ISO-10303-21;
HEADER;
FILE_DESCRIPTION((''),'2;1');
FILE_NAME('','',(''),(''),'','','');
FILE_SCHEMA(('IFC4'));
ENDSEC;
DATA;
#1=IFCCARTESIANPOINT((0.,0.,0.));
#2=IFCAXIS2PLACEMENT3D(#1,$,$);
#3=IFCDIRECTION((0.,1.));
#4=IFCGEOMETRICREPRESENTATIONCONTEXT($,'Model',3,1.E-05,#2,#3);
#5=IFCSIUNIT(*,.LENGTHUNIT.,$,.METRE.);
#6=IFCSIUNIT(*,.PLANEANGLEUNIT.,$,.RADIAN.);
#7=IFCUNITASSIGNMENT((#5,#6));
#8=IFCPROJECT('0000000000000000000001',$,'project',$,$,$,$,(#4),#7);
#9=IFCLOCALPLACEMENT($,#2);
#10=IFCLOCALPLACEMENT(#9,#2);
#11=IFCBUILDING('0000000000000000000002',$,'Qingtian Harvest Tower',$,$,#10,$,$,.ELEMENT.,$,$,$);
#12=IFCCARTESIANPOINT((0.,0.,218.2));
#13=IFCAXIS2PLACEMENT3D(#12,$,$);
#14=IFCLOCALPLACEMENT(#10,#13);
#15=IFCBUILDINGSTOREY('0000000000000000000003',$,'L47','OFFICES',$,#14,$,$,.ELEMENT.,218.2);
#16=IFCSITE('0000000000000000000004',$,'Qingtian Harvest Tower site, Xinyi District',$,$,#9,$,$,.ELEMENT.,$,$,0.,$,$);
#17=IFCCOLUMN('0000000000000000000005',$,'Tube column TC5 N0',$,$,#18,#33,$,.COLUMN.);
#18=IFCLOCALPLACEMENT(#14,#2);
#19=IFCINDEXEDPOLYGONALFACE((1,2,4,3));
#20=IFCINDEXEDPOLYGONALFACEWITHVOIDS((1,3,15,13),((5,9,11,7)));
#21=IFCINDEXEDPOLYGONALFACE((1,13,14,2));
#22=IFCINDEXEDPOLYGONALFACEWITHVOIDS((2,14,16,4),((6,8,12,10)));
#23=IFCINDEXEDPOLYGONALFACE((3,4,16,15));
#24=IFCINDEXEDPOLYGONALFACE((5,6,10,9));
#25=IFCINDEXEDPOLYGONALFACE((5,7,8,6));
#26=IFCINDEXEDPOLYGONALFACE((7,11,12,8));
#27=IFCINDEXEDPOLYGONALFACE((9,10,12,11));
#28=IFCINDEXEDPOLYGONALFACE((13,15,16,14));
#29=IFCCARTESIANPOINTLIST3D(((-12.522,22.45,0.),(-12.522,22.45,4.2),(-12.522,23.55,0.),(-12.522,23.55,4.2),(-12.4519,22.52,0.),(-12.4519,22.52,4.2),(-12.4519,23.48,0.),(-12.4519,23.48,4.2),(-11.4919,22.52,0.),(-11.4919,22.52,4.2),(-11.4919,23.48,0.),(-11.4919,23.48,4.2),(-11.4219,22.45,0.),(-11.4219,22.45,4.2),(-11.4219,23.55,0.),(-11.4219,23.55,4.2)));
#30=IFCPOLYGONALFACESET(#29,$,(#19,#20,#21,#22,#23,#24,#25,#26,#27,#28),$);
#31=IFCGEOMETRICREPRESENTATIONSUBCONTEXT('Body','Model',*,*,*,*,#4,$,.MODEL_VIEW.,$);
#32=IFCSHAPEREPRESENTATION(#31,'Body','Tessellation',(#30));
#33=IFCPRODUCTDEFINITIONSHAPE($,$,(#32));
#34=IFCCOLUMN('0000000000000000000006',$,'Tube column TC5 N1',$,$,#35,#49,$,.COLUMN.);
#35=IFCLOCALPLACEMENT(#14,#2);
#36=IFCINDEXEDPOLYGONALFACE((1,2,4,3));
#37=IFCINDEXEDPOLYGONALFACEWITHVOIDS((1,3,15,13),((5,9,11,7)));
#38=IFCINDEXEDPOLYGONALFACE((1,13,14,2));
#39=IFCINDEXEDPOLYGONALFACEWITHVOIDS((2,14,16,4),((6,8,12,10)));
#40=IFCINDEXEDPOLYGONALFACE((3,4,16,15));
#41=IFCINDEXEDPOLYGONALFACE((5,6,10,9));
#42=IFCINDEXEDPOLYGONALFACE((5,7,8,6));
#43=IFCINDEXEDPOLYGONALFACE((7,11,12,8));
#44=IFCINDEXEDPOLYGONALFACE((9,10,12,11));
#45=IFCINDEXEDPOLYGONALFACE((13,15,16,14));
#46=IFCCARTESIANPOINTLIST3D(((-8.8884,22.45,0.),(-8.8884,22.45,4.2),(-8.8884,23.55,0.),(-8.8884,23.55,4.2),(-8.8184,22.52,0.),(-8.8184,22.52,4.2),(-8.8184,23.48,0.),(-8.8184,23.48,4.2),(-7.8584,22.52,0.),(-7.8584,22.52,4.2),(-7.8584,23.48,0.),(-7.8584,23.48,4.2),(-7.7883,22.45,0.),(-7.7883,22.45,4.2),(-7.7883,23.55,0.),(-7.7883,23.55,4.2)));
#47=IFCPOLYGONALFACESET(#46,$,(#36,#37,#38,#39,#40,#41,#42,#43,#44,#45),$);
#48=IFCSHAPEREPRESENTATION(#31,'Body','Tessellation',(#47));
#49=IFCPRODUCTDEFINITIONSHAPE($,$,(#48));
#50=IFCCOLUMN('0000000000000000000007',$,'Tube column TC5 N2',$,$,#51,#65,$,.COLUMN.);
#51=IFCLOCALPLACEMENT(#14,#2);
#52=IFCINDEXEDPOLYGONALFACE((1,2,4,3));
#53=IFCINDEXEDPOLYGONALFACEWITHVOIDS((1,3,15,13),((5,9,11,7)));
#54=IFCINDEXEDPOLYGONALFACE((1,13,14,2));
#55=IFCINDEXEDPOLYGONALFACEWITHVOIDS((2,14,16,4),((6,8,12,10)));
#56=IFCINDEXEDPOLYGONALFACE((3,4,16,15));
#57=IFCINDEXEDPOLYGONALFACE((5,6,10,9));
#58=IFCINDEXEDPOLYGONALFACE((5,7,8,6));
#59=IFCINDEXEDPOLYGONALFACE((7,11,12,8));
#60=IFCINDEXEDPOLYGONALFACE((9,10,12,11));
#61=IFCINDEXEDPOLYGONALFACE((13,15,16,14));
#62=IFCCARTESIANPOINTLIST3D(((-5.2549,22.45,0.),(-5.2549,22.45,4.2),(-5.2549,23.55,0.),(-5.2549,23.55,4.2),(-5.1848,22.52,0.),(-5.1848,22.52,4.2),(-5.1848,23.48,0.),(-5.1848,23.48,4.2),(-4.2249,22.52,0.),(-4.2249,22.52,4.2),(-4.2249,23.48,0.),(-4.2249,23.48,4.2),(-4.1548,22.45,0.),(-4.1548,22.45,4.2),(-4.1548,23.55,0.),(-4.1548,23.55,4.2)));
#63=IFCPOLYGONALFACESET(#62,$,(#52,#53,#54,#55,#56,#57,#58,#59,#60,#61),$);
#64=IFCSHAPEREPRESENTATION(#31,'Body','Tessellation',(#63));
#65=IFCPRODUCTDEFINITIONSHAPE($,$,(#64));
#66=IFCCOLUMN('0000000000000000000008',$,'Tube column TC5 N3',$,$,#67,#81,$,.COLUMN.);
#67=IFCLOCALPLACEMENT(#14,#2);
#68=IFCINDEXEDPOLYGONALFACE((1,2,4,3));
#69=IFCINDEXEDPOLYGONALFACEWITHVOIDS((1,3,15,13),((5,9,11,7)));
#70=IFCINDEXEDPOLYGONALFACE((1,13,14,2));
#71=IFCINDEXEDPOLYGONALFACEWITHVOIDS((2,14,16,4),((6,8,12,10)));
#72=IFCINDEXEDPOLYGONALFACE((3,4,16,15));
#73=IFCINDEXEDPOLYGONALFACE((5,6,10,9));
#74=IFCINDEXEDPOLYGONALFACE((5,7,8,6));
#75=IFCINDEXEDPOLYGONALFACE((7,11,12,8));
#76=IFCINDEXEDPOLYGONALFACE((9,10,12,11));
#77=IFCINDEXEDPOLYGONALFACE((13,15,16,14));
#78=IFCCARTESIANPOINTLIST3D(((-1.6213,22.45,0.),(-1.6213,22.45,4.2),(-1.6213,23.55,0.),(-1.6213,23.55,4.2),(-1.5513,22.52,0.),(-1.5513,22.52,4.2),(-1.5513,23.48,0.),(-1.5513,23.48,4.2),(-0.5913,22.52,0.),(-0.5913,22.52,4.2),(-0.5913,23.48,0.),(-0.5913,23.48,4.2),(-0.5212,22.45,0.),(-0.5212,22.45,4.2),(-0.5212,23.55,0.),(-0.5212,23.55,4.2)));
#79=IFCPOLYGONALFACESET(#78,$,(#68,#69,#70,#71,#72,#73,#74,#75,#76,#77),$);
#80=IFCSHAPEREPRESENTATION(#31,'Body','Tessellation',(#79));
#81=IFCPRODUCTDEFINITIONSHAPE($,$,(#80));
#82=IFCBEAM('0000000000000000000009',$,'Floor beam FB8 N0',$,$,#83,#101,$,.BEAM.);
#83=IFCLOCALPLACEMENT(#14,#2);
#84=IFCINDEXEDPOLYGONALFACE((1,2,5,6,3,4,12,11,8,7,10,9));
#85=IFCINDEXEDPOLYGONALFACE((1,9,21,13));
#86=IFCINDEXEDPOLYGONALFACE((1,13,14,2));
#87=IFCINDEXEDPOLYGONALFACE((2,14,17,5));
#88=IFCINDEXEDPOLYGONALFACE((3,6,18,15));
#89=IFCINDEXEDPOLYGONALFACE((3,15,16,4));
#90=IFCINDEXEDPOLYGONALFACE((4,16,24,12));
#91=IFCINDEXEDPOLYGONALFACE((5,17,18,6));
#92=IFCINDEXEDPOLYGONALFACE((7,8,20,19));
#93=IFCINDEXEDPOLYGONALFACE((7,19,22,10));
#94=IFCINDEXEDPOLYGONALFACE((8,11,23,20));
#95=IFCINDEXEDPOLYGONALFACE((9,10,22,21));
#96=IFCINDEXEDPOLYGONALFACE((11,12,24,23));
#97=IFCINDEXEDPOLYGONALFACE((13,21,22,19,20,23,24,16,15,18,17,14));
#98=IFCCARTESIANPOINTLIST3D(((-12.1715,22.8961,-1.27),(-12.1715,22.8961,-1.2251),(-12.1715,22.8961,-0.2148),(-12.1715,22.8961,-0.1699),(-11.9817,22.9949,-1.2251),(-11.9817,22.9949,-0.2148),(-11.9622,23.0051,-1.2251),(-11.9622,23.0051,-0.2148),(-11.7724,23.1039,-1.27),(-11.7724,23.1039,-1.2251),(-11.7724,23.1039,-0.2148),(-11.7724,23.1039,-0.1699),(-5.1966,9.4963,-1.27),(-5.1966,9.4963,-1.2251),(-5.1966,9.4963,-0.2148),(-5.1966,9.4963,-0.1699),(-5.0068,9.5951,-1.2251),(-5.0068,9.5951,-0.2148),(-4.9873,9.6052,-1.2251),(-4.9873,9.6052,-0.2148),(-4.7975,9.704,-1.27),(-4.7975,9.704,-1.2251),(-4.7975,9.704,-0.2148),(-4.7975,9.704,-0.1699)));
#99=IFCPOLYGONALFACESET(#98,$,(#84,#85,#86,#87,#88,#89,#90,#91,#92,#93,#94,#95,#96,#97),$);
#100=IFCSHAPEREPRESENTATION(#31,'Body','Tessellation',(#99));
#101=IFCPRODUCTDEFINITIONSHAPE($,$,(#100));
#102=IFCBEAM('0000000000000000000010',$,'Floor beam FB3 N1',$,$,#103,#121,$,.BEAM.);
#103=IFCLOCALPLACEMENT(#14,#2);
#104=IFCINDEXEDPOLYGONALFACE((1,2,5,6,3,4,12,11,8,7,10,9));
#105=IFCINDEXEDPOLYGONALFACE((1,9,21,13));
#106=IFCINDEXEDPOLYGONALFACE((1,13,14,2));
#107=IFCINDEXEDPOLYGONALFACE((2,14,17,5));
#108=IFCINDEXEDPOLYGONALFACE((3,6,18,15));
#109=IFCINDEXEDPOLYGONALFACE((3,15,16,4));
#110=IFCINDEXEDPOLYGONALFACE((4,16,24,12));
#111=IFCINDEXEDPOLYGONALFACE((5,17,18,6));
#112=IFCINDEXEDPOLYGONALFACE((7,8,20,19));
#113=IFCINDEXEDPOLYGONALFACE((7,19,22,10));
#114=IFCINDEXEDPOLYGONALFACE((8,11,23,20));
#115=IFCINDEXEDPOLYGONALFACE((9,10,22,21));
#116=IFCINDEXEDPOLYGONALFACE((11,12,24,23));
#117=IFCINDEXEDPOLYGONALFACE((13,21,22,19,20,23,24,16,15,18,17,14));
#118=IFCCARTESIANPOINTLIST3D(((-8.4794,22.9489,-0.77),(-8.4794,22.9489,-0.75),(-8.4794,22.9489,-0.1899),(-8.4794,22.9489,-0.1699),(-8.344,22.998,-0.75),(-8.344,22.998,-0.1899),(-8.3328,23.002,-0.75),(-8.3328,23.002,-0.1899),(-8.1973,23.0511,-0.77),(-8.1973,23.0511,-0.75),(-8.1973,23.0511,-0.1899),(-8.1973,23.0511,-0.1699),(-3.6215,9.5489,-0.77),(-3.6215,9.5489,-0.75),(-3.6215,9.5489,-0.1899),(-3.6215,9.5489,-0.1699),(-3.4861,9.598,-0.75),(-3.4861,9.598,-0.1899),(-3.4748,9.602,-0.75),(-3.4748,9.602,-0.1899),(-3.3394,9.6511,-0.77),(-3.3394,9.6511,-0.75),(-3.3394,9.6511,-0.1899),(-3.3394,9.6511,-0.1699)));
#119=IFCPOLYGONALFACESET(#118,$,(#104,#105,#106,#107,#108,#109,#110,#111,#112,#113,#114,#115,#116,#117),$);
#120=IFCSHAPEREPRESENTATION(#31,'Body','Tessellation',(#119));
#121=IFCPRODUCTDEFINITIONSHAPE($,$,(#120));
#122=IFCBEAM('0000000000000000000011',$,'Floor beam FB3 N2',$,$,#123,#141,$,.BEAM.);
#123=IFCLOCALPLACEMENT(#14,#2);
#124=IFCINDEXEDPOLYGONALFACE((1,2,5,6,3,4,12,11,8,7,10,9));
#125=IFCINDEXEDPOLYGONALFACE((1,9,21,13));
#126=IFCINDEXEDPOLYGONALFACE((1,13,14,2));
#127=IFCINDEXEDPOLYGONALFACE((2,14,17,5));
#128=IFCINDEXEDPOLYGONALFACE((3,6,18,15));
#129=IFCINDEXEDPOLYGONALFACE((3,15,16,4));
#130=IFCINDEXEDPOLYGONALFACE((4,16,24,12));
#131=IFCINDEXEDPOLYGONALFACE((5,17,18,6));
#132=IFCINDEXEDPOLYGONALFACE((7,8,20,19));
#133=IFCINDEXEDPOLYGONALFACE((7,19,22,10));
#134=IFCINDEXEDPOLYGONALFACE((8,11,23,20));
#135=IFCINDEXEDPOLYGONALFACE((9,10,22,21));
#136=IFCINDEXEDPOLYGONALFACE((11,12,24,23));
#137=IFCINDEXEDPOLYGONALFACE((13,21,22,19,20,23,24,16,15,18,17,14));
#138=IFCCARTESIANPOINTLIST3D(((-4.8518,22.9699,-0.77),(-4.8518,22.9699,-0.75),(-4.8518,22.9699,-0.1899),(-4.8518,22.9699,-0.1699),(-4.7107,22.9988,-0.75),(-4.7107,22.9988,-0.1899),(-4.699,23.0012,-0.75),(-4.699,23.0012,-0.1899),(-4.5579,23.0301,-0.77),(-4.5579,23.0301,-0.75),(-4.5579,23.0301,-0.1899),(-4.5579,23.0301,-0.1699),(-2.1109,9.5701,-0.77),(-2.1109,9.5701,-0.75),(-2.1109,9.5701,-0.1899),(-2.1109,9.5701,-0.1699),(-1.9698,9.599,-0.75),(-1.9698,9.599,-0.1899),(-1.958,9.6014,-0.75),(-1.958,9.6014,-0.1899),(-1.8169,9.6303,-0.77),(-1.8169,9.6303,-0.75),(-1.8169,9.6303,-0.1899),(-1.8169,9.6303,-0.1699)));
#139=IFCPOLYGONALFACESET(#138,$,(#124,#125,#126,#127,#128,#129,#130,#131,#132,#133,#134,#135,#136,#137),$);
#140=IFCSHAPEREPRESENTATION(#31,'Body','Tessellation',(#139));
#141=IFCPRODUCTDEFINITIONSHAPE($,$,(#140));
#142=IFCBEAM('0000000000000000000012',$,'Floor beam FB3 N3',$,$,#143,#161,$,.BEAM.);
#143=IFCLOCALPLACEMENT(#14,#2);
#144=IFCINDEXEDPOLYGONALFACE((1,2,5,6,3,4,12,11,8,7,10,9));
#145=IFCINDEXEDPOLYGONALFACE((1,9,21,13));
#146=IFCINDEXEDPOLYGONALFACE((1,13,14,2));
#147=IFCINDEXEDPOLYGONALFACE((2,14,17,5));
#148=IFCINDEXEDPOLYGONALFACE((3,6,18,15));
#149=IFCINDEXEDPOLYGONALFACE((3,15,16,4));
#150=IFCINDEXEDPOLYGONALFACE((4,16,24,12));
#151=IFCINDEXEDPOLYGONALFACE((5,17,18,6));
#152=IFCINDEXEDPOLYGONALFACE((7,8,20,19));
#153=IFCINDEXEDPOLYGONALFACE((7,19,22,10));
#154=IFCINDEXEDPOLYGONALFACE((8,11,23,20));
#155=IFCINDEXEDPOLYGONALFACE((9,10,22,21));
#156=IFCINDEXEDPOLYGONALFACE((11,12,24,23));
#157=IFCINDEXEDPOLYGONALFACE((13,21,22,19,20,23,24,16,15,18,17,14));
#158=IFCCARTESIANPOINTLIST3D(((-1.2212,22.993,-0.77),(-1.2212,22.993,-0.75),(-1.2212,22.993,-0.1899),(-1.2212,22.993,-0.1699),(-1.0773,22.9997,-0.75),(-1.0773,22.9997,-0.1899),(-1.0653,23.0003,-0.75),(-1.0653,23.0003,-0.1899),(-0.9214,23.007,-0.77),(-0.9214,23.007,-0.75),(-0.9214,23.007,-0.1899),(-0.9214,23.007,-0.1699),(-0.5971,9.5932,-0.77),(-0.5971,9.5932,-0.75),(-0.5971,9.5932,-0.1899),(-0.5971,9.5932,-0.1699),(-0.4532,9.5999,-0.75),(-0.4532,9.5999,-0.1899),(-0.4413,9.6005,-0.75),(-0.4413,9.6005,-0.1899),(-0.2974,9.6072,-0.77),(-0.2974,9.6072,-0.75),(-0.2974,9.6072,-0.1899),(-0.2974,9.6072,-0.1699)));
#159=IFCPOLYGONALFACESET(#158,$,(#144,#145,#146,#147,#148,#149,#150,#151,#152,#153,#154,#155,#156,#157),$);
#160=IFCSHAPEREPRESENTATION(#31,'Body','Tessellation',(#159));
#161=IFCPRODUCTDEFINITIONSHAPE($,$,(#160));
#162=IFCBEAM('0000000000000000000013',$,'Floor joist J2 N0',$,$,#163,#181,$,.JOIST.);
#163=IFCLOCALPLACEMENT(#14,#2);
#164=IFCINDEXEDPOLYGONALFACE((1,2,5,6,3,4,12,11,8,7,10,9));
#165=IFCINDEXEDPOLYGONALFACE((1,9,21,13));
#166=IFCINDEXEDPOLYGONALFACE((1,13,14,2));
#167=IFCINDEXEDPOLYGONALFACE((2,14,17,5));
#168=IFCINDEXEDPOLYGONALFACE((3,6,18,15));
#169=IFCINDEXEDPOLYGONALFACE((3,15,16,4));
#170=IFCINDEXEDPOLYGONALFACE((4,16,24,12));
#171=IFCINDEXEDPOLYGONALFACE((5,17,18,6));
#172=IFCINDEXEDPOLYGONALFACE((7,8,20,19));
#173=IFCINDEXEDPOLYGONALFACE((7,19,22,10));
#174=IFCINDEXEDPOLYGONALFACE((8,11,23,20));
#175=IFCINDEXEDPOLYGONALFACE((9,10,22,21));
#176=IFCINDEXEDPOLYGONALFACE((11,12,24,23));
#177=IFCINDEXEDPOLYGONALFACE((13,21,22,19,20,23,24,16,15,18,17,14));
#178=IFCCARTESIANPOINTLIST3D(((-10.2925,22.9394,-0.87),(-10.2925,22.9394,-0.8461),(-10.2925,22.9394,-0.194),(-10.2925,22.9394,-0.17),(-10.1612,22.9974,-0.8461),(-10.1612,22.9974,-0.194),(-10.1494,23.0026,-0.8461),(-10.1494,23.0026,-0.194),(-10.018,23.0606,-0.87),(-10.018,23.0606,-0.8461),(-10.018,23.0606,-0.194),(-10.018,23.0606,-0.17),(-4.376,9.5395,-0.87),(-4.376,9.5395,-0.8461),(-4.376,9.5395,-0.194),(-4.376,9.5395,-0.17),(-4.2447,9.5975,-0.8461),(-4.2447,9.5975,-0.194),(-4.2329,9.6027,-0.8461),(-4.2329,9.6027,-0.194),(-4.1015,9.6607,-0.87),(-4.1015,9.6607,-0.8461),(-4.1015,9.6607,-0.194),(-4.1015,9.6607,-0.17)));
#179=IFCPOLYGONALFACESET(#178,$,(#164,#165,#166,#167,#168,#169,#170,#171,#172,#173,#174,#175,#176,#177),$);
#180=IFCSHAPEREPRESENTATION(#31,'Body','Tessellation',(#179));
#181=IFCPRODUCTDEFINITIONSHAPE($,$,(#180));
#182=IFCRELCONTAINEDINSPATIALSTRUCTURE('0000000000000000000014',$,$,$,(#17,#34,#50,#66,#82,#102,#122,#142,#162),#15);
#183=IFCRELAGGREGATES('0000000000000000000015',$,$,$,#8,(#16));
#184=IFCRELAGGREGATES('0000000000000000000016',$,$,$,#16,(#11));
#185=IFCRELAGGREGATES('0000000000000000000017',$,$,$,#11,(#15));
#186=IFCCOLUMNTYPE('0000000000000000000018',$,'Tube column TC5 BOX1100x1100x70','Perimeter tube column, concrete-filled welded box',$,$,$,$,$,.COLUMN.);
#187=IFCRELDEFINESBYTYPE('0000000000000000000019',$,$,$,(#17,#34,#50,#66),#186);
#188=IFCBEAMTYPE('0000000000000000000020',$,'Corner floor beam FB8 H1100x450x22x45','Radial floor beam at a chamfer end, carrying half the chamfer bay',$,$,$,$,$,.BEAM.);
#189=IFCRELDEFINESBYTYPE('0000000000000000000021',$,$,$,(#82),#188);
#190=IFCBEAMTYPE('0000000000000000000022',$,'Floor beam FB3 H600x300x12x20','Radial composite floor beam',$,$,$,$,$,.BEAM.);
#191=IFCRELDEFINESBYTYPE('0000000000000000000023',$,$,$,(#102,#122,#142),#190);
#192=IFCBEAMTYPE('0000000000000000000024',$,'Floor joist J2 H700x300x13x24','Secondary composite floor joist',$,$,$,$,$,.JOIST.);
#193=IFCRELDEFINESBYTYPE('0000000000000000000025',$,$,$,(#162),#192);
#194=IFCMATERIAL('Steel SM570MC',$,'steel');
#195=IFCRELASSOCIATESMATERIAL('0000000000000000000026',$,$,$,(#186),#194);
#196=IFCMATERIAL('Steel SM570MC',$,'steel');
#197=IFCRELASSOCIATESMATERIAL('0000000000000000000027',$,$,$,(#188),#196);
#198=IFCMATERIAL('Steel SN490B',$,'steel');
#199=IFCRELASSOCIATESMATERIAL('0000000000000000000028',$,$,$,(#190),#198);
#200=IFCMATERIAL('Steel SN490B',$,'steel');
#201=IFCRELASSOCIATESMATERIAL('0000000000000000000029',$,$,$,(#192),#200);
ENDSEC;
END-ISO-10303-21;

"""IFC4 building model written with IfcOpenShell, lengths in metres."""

from ifc_helpers import new_model, si_unit, direction, frame, origin, origin_2d, place, context, subcontext, project, spatial, hollow_rectangle, i_section, extrude, material, material_profile, profile_set, type_object, element, save


model = new_model("IFC4")

# Units and contexts
model_context = context("Model", 3, precision=1e-05, world=origin(), true_north=direction((0.0, 1.0)))
body_context = subcontext(model_context, "Body", "Model", "MODEL_VIEW")
ifc_project = project(units=[si_unit("LENGTHUNIT", "METRE"), si_unit("PLANEANGLEUNIT", "RADIAN")], contexts=[model_context])

# Site, building, storey
site_placement = place(None, origin())
site = spatial("IfcSite", under=ifc_project, at=site_placement, Name="Qingtian Harvest Tower site, Xinyi District", CompositionType="ELEMENT", RefElevation=0.0)
building_placement = place(site_placement, origin())
building = spatial("IfcBuilding", under=site, at=building_placement, Name="Qingtian Harvest Tower", CompositionType="ELEMENT")
storey_placement = place(building_placement, frame((0.0, 0.0, 218.2)))
storey = spatial("IfcBuildingStorey", under=building, at=storey_placement, Name="L47", Description="OFFICES", CompositionType="ELEMENT", Elevation=218.2)

# Columns
ifc_material_1 = material(Name="Steel SM570MC", Category="steel")
ifc_material_profile_1 = material_profile(ifc_material_1, hollow_rectangle(XDim=1.1001, YDim=1.1001, WallThickness=0.0701, at=origin_2d()), Name="BOX1100x1100x70")
ifc_profile_set_1 = profile_set([ifc_material_profile_1], Name="Steel SM570MC")
column_type = type_object("IfcColumnType", Name="Tube column TC5 BOX1100x1100x70", Description="Perimeter tube column, concrete-filled welded box", PredefinedType="COLUMN", material=ifc_profile_set_1)
for number, where, z_axis, x_axis, name in (
    (1, (-11.9719, 23.0, 0.0), (0.0, 0.0, 1.0), (-1.0, 0.0, 0.0), "Tube column TC5 N0"),
    (2, (-8.3384, 23.0, 0.0), (0.0, 0.0, 1.0), (-1.0, 0.0, 0.0), "Tube column TC5 N1"),
    (3, (-4.7048, 23.0, 0.0), (0.0, 0.0, 1.0), (-1.0, 0.0, 0.0), "Tube column TC5 N2"),
    (4, (-1.0713, 23.0, 0.0), (0.0, 0.0, 1.0), (-1.0, 0.0, 0.0), "Tube column TC5 N3"),
):
    element("IfcColumn", number, at=place(storey_placement, frame(where, z_axis=z_axis, x_axis=x_axis)), inside=storey, type_object=column_type, Name=name, PredefinedType="COLUMN", context=body_context, shape_type="SweptSolid", body=[
        extrude(hollow_rectangle(XDim=1.1001, YDim=1.1001, WallThickness=0.0701, at=origin_2d()), origin(), (0.0, 0.0, 1.0), 4.2),
    ])

# Beams
ifc_material_2 = material(Name="Steel SM570MC", Category="steel")
ifc_material_profile_2 = material_profile(ifc_material_2, i_section(OverallWidth=0.45, OverallDepth=1.1001, WebThickness=0.022, FlangeThickness=0.0449, at=origin_2d()), Name="H1100x450x22x45")
ifc_profile_set_2 = profile_set([ifc_material_profile_2], Name="Steel SM570MC")
beam_type_1 = type_object("IfcBeamType", Name="Corner floor beam FB8 H1100x450x22x45", Description="Radial floor beam at a chamfer end, carrying half the chamfer bay", PredefinedType="BEAM", material=ifc_profile_set_2)
beam_1_placement = place(storey_placement, frame((-11.9719, 23.0, -0.72), z_axis=(0.461712, -0.88703, 0.0), x_axis=(0.88703, 0.461712, 0.0)))
element("IfcBeam", 5, at=beam_1_placement, inside=storey, type_object=beam_type_1, Name="Floor beam FB8 N0", PredefinedType="BEAM", context=body_context, shape_type="SweptSolid", body=[
    extrude(i_section(OverallWidth=0.45, OverallDepth=1.1001, WebThickness=0.022, FlangeThickness=0.0449, at=origin_2d()), origin(), (0.0, 0.0, 1.0), 15.1064),
])
ifc_material_3 = material(Name="Steel SN490B", Category="steel")
ifc_material_profile_3 = material_profile(ifc_material_3, i_section(OverallWidth=0.3, OverallDepth=0.6001, WebThickness=0.012, FlangeThickness=0.02, at=origin_2d()), Name="H600x300x12x20")
ifc_profile_set_3 = profile_set([ifc_material_profile_3], Name="Steel SN490B")
beam_type_2 = type_object("IfcBeamType", Name="Floor beam FB3 H600x300x12x20", Description="Radial composite floor beam", PredefinedType="BEAM", material=ifc_profile_set_3)
beam_2_placement = place(storey_placement, frame((-8.3384, 23.0, -0.47), z_axis=(0.340827, -0.940126, 0.0), x_axis=(0.940126, 0.340827, 0.0)))
element("IfcBeam", 6, at=beam_2_placement, inside=storey, type_object=beam_type_2, Name="Floor beam FB3 N1", PredefinedType="BEAM", context=body_context, shape_type="SweptSolid", body=[
    extrude(i_section(OverallWidth=0.3, OverallDepth=0.6001, WebThickness=0.012, FlangeThickness=0.02, at=origin_2d()), origin(), (0.0, 0.0, 1.0), 14.2534),
])
beam_3_placement = place(storey_placement, frame((-4.7048, 23.0, -0.47), z_axis=(0.200402, -0.979714, 0.0), x_axis=(0.979714, 0.200402, 0.0)))
element("IfcBeam", 7, at=beam_3_placement, inside=storey, type_object=beam_type_2, Name="Floor beam FB3 N2", PredefinedType="BEAM", context=body_context, shape_type="SweptSolid", body=[
    extrude(i_section(OverallWidth=0.3, OverallDepth=0.6001, WebThickness=0.012, FlangeThickness=0.02, at=origin_2d()), origin(), (0.0, 0.0, 1.0), 13.6772),
])
beam_4_placement = place(storey_placement, frame((-1.0713, 23.0, -0.47), z_axis=(0.046519, -0.998917, 0.0), x_axis=(0.998917, 0.046519, 0.0)))
element("IfcBeam", 8, at=beam_4_placement, inside=storey, type_object=beam_type_2, Name="Floor beam FB3 N3", PredefinedType="BEAM", context=body_context, shape_type="SweptSolid", body=[
    extrude(i_section(OverallWidth=0.3, OverallDepth=0.6001, WebThickness=0.012, FlangeThickness=0.02, at=origin_2d()), origin(), (0.0, 0.0, 1.0), 13.4143),
])
ifc_material_4 = material(Name="Steel SN490B", Category="steel")
ifc_material_profile_4 = material_profile(ifc_material_4, i_section(OverallWidth=0.3, OverallDepth=0.7, WebThickness=0.0129, FlangeThickness=0.0239, at=origin_2d()), Name="H700x300x13x24")
ifc_profile_set_4 = profile_set([ifc_material_profile_4], Name="Steel SN490B")
beam_type_3 = type_object("IfcBeamType", Name="Floor joist J2 H700x300x13x24", Description="Secondary composite floor joist", PredefinedType="JOIST", material=ifc_profile_set_4)
beam_5_placement = place(storey_placement, frame((-10.1553, 23.0, -0.52), z_axis=(0.403913, -0.914797, 0.0), x_axis=(0.914797, 0.403913, 0.0)))
element("IfcBeam", 9, at=beam_5_placement, inside=storey, type_object=beam_type_3, Name="Floor joist J2 N0", PredefinedType="JOIST", context=body_context, shape_type="SweptSolid", body=[
    extrude(i_section(OverallWidth=0.3, OverallDepth=0.7, WebThickness=0.0129, FlangeThickness=0.0239, at=origin_2d()), origin(), (0.0, 0.0, 1.0), 14.6479),
])

save(model, "model.ifc")
